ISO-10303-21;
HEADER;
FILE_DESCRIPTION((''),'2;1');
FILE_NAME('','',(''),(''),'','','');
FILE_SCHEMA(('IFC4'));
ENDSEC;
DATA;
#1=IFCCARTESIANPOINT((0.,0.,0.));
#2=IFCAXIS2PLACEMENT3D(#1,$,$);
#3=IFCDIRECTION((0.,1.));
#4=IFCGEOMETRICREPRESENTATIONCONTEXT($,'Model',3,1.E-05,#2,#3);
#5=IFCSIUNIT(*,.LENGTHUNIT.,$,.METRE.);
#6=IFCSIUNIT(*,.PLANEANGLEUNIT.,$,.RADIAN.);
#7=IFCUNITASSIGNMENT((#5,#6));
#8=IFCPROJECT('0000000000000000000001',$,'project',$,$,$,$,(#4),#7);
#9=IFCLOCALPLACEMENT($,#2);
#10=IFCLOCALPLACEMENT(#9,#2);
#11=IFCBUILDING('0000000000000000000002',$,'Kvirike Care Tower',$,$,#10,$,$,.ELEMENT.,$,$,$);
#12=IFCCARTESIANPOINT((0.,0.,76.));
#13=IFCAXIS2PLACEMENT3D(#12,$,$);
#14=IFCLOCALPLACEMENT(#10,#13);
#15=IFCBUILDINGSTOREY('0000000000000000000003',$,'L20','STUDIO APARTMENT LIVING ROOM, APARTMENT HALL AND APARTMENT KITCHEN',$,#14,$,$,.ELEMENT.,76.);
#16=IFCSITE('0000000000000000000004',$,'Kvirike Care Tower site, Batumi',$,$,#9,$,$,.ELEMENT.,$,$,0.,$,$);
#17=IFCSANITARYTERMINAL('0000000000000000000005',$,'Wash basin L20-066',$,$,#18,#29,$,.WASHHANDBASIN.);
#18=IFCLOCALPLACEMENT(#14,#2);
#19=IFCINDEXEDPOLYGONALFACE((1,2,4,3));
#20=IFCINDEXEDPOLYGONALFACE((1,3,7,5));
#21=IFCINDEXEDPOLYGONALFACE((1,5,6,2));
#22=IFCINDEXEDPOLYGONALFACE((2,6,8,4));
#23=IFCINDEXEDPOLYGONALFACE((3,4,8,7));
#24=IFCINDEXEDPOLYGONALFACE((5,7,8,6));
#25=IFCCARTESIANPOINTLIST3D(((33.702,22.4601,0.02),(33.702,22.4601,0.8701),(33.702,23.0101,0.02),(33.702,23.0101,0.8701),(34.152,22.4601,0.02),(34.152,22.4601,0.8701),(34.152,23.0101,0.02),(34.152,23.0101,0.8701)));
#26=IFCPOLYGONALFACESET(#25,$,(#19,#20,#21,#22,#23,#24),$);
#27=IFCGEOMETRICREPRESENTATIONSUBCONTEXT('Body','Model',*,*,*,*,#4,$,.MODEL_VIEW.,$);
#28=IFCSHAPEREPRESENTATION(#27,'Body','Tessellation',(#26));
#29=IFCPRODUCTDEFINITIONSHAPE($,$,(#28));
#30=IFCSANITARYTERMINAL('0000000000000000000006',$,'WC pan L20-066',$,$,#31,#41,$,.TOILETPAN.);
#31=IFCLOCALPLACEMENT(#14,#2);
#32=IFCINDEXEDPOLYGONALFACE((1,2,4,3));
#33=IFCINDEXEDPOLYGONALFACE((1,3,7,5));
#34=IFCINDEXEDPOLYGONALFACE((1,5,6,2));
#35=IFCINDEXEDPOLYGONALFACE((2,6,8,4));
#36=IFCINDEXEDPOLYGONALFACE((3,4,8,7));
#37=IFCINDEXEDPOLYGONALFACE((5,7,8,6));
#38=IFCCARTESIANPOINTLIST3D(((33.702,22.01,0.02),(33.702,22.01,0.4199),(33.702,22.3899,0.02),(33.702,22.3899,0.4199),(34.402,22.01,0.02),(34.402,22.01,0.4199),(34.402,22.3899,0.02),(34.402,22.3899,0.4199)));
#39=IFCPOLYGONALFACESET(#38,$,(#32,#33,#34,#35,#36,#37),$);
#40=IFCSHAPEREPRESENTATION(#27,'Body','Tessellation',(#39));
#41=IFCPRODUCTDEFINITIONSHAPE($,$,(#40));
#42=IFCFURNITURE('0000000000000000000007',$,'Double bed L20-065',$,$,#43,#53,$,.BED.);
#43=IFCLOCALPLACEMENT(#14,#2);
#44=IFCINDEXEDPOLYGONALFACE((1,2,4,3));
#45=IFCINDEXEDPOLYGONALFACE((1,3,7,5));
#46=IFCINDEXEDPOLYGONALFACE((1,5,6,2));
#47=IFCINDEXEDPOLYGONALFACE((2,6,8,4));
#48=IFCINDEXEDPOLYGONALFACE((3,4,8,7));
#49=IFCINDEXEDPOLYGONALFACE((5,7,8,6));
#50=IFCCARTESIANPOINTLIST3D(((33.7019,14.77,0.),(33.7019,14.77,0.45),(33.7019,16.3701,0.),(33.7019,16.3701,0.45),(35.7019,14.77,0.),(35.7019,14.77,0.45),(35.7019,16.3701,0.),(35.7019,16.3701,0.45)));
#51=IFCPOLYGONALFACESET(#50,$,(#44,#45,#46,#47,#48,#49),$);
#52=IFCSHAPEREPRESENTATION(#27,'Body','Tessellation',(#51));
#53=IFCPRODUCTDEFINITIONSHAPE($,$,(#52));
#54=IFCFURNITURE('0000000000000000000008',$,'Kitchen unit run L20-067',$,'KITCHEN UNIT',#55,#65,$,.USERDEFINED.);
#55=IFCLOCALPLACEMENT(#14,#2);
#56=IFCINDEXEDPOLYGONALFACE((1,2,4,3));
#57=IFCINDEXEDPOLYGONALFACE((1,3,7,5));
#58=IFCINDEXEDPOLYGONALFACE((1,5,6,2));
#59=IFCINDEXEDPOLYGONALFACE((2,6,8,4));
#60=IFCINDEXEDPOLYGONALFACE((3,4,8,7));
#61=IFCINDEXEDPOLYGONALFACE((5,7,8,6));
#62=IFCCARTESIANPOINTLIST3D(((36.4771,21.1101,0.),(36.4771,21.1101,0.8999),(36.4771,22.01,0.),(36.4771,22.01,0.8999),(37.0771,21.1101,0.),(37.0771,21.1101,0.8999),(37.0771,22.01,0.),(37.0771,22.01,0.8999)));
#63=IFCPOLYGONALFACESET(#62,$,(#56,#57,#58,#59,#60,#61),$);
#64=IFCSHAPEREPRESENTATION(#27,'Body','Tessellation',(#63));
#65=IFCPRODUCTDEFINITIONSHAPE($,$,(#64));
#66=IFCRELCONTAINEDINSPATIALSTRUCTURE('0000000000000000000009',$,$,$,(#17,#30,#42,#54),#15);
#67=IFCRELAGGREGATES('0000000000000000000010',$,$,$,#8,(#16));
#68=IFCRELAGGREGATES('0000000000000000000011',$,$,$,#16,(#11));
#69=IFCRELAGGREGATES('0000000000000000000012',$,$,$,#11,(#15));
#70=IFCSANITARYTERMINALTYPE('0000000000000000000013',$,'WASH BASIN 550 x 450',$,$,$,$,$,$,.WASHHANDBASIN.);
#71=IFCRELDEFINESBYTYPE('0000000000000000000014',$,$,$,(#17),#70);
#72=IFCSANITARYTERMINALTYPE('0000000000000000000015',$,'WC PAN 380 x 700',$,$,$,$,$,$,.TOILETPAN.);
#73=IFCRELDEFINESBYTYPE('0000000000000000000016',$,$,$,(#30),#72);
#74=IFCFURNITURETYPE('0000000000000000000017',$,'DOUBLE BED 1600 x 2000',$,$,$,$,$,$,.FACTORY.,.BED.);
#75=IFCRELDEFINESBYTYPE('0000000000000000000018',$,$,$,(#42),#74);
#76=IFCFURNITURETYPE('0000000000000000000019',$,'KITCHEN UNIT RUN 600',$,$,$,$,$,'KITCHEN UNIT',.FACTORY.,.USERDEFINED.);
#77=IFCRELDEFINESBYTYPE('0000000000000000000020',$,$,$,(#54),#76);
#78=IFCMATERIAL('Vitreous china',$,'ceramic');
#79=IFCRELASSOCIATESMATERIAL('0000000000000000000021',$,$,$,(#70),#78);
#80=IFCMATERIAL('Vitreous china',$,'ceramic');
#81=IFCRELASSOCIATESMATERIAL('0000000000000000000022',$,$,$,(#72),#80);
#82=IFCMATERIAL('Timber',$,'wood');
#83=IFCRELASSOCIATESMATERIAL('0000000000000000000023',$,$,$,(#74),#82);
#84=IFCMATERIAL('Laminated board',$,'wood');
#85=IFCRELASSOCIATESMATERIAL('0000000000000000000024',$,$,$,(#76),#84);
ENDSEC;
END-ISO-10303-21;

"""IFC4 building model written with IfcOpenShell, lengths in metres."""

from ifc_helpers import new_model, si_unit, direction, frame, origin, origin_2d, place, context, subcontext, project, spatial, rectangle, extrude, material, type_object, element, save


model = new_model("IFC4")

# Units and contexts
model_context = context("Model", 3, precision=1e-05, world=origin(), true_north=direction((0.0, 1.0)))
body_context = subcontext(model_context, "Body", "Model", "MODEL_VIEW")
ifc_project = project(units=[si_unit("LENGTHUNIT", "METRE"), si_unit("PLANEANGLEUNIT", "RADIAN")], contexts=[model_context])

# Site, building, storey
site_placement = place(None, origin())
site = spatial("IfcSite", under=ifc_project, at=site_placement, Name="Kvirike Care Tower site, Batumi", CompositionType="ELEMENT", RefElevation=0.0)
building_placement = place(site_placement, origin())
building = spatial("IfcBuilding", under=site, at=building_placement, Name="Kvirike Care Tower", CompositionType="ELEMENT")
storey_placement = place(building_placement, frame((0.0, 0.0, 76.0)))
storey = spatial("IfcBuildingStorey", under=building, at=storey_placement, Name="L20", Description="STUDIO APARTMENT LIVING ROOM, APARTMENT HALL AND APARTMENT KITCHEN", CompositionType="ELEMENT", Elevation=76.0)

# Sanitary terminals
ifc_material_1 = material(Name="Vitreous china", Category="ceramic")
sanitary_terminal_type_1 = type_object("IfcSanitaryTerminalType", Name="WASH BASIN 550 x 450", PredefinedType="WASHHANDBASIN", material=ifc_material_1)
sanitary_terminal_1_placement = place(storey_placement, frame((33.927, 22.7351, 0.02), z_axis=(0.0, 0.0, 1.0), x_axis=(0.0, 1.0, 0.0)))
element("IfcSanitaryTerminal", 1, at=sanitary_terminal_1_placement, inside=storey, type_object=sanitary_terminal_type_1, Name="Wash basin L20-066", PredefinedType="WASHHANDBASIN", context=body_context, shape_type="SweptSolid", body=[
    extrude(rectangle(XDim=0.55, YDim=0.45, at=origin_2d()), origin(), (0.0, 0.0, 1.0), 0.8501),
])
ifc_material_2 = material(Name="Vitreous china", Category="ceramic")
sanitary_terminal_type_2 = type_object("IfcSanitaryTerminalType", Name="WC PAN 380 x 700", PredefinedType="TOILETPAN", material=ifc_material_2)
sanitary_terminal_2_placement = place(storey_placement, frame((34.052, 22.2, 0.02), z_axis=(0.0, 0.0, 1.0), x_axis=(0.0, 1.0, 0.0)))
element("IfcSanitaryTerminal", 2, at=sanitary_terminal_2_placement, inside=storey, type_object=sanitary_terminal_type_2, Name="WC pan L20-066", PredefinedType="TOILETPAN", context=body_context, shape_type="SweptSolid", body=[
    extrude(rectangle(XDim=0.3799, YDim=0.7, at=origin_2d()), origin(), (0.0, 0.0, 1.0), 0.3999),
])

# Furniture
ifc_material_3 = material(Name="Timber", Category="wood")
furniture_type_1 = type_object("IfcFurnitureType", Name="DOUBLE BED 1600 x 2000", AssemblyPlace="FACTORY", PredefinedType="BED", material=ifc_material_3)
furniture_1_placement = place(storey_placement, frame((34.7019, 15.5701, 0.0), z_axis=(0.0, 0.0, 1.0), x_axis=(0.0, 1.0, 0.0)))
element("IfcFurniture", 3, at=furniture_1_placement, inside=storey, type_object=furniture_type_1, Name="Double bed L20-065", PredefinedType="BED", context=body_context, shape_type="SweptSolid", body=[
    extrude(rectangle(XDim=1.6001, YDim=2.0, at=origin_2d()), origin(), (0.0, 0.0, 1.0), 0.45),
])
ifc_material_4 = material(Name="Laminated board", Category="wood")
furniture_type_2 = type_object("IfcFurnitureType", Name="KITCHEN UNIT RUN 600", ElementType="KITCHEN UNIT", AssemblyPlace="FACTORY", PredefinedType="USERDEFINED", material=ifc_material_4)
furniture_2_placement = place(storey_placement, frame((36.7771, 21.5601, 0.0), z_axis=(0.0, 0.0, 1.0), x_axis=(0.0, 1.0, 0.0)))
element("IfcFurniture", 4, at=furniture_2_placement, inside=storey, type_object=furniture_type_2, Name="Kitchen unit run L20-067", ObjectType="KITCHEN UNIT", PredefinedType="USERDEFINED", context=body_context, shape_type="SweptSolid", body=[
    extrude(rectangle(XDim=0.8999, YDim=0.6001, at=origin_2d()), origin(), (0.0, 0.0, 1.0), 0.8999),
])

save(model, "model.ifc")
